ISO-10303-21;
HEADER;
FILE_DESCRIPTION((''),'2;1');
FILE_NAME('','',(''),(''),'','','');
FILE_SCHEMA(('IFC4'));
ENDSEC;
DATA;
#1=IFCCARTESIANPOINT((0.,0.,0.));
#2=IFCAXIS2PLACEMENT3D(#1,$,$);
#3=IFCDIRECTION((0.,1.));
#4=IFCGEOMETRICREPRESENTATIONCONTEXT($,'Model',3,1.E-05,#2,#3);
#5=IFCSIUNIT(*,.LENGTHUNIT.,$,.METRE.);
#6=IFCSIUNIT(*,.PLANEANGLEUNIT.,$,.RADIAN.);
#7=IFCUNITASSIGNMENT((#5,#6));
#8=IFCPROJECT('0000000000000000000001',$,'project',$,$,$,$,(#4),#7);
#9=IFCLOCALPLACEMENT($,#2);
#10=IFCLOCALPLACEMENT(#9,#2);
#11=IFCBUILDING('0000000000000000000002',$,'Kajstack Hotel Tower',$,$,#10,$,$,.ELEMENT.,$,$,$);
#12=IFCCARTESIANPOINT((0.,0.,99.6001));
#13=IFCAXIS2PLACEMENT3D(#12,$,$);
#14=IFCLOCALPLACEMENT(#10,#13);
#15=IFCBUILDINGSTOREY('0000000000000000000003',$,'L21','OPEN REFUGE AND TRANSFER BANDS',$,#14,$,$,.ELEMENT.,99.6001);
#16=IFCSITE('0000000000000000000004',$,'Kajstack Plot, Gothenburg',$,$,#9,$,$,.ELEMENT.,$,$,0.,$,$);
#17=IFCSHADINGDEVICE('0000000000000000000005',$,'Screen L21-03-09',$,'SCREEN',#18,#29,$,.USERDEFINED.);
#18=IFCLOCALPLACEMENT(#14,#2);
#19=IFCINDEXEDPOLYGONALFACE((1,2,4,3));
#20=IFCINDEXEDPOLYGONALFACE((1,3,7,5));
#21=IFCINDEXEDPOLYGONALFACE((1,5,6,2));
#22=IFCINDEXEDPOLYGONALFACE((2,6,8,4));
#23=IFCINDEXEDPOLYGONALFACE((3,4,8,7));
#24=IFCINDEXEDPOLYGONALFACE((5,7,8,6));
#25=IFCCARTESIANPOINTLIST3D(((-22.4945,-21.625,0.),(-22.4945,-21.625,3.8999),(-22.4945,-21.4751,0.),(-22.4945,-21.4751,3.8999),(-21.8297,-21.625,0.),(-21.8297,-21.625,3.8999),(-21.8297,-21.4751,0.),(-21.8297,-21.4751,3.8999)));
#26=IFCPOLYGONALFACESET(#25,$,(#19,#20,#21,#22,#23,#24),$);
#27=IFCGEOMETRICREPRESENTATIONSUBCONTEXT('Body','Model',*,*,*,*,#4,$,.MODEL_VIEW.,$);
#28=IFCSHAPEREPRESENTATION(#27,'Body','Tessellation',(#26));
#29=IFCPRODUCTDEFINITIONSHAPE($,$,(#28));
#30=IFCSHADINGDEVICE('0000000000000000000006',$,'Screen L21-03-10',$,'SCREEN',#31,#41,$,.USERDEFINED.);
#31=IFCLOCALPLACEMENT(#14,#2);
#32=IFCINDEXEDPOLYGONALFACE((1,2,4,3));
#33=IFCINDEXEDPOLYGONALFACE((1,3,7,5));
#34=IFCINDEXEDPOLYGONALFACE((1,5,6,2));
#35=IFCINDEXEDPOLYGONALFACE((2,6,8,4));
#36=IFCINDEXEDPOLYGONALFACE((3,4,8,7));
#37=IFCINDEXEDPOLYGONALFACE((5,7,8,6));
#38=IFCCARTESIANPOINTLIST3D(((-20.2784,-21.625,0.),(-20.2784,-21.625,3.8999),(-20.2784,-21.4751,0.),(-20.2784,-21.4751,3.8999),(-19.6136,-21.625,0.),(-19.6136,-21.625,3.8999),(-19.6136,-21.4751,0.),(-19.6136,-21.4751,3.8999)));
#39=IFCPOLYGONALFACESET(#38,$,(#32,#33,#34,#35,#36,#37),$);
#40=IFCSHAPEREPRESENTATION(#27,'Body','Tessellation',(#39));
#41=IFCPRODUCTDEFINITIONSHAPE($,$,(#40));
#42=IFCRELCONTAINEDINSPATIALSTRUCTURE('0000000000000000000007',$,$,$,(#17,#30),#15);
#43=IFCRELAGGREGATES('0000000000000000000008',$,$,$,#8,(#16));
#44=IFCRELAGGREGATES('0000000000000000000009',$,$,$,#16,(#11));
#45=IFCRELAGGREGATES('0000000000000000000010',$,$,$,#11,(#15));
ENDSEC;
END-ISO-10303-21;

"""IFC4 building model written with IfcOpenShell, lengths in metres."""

from ifc_helpers import new_model, si_unit, direction, frame, origin, origin_2d, place, context, subcontext, project, spatial, rectangle, extrude, element, save


model = new_model("IFC4")

# Units and contexts
model_context = context("Model", 3, precision=1e-05, world=origin(), true_north=direction((0.0, 1.0)))
body_context = subcontext(model_context, "Body", "Model", "MODEL_VIEW")
ifc_project = project(units=[si_unit("LENGTHUNIT", "METRE"), si_unit("PLANEANGLEUNIT", "RADIAN")], contexts=[model_context])

# Site, building, storey
site_placement = place(None, origin())
site = spatial("IfcSite", under=ifc_project, at=site_placement, Name="Kajstack Plot, Gothenburg", CompositionType="ELEMENT", RefElevation=0.0)
building_placement = place(site_placement, origin())
building = spatial("IfcBuilding", under=site, at=building_placement, Name="Kajstack Hotel Tower", CompositionType="ELEMENT")
storey_placement = place(building_placement, frame((0.0, 0.0, 99.6001)))
storey = spatial("IfcBuildingStorey", under=building, at=storey_placement, Name="L21", Description="OPEN REFUGE AND TRANSFER BANDS", CompositionType="ELEMENT", Elevation=99.6001)

# Shading devices
for number, where, z_axis, x_axis, name in (
    (1, (-22.1621, -21.55, 0.0), (0.0, 0.0, 1.0), (1.0, 0.0, 0.0), "Screen L21-03-09"),
    (2, (-19.946, -21.55, 0.0), (0.0, 0.0, 1.0), (1.0, 0.0, 0.0), "Screen L21-03-10"),
):
    element("IfcShadingDevice", number, at=place(storey_placement, frame(where, z_axis=z_axis, x_axis=x_axis)), inside=storey, Name=name, ObjectType="SCREEN", PredefinedType="USERDEFINED", context=body_context, shape_type="SweptSolid", body=[
        extrude(rectangle(XDim=0.6648, YDim=0.1499, at=origin_2d()), origin(), (0.0, 0.0, 1.0), 3.8999),
    ])

save(model, "model.ifc")
